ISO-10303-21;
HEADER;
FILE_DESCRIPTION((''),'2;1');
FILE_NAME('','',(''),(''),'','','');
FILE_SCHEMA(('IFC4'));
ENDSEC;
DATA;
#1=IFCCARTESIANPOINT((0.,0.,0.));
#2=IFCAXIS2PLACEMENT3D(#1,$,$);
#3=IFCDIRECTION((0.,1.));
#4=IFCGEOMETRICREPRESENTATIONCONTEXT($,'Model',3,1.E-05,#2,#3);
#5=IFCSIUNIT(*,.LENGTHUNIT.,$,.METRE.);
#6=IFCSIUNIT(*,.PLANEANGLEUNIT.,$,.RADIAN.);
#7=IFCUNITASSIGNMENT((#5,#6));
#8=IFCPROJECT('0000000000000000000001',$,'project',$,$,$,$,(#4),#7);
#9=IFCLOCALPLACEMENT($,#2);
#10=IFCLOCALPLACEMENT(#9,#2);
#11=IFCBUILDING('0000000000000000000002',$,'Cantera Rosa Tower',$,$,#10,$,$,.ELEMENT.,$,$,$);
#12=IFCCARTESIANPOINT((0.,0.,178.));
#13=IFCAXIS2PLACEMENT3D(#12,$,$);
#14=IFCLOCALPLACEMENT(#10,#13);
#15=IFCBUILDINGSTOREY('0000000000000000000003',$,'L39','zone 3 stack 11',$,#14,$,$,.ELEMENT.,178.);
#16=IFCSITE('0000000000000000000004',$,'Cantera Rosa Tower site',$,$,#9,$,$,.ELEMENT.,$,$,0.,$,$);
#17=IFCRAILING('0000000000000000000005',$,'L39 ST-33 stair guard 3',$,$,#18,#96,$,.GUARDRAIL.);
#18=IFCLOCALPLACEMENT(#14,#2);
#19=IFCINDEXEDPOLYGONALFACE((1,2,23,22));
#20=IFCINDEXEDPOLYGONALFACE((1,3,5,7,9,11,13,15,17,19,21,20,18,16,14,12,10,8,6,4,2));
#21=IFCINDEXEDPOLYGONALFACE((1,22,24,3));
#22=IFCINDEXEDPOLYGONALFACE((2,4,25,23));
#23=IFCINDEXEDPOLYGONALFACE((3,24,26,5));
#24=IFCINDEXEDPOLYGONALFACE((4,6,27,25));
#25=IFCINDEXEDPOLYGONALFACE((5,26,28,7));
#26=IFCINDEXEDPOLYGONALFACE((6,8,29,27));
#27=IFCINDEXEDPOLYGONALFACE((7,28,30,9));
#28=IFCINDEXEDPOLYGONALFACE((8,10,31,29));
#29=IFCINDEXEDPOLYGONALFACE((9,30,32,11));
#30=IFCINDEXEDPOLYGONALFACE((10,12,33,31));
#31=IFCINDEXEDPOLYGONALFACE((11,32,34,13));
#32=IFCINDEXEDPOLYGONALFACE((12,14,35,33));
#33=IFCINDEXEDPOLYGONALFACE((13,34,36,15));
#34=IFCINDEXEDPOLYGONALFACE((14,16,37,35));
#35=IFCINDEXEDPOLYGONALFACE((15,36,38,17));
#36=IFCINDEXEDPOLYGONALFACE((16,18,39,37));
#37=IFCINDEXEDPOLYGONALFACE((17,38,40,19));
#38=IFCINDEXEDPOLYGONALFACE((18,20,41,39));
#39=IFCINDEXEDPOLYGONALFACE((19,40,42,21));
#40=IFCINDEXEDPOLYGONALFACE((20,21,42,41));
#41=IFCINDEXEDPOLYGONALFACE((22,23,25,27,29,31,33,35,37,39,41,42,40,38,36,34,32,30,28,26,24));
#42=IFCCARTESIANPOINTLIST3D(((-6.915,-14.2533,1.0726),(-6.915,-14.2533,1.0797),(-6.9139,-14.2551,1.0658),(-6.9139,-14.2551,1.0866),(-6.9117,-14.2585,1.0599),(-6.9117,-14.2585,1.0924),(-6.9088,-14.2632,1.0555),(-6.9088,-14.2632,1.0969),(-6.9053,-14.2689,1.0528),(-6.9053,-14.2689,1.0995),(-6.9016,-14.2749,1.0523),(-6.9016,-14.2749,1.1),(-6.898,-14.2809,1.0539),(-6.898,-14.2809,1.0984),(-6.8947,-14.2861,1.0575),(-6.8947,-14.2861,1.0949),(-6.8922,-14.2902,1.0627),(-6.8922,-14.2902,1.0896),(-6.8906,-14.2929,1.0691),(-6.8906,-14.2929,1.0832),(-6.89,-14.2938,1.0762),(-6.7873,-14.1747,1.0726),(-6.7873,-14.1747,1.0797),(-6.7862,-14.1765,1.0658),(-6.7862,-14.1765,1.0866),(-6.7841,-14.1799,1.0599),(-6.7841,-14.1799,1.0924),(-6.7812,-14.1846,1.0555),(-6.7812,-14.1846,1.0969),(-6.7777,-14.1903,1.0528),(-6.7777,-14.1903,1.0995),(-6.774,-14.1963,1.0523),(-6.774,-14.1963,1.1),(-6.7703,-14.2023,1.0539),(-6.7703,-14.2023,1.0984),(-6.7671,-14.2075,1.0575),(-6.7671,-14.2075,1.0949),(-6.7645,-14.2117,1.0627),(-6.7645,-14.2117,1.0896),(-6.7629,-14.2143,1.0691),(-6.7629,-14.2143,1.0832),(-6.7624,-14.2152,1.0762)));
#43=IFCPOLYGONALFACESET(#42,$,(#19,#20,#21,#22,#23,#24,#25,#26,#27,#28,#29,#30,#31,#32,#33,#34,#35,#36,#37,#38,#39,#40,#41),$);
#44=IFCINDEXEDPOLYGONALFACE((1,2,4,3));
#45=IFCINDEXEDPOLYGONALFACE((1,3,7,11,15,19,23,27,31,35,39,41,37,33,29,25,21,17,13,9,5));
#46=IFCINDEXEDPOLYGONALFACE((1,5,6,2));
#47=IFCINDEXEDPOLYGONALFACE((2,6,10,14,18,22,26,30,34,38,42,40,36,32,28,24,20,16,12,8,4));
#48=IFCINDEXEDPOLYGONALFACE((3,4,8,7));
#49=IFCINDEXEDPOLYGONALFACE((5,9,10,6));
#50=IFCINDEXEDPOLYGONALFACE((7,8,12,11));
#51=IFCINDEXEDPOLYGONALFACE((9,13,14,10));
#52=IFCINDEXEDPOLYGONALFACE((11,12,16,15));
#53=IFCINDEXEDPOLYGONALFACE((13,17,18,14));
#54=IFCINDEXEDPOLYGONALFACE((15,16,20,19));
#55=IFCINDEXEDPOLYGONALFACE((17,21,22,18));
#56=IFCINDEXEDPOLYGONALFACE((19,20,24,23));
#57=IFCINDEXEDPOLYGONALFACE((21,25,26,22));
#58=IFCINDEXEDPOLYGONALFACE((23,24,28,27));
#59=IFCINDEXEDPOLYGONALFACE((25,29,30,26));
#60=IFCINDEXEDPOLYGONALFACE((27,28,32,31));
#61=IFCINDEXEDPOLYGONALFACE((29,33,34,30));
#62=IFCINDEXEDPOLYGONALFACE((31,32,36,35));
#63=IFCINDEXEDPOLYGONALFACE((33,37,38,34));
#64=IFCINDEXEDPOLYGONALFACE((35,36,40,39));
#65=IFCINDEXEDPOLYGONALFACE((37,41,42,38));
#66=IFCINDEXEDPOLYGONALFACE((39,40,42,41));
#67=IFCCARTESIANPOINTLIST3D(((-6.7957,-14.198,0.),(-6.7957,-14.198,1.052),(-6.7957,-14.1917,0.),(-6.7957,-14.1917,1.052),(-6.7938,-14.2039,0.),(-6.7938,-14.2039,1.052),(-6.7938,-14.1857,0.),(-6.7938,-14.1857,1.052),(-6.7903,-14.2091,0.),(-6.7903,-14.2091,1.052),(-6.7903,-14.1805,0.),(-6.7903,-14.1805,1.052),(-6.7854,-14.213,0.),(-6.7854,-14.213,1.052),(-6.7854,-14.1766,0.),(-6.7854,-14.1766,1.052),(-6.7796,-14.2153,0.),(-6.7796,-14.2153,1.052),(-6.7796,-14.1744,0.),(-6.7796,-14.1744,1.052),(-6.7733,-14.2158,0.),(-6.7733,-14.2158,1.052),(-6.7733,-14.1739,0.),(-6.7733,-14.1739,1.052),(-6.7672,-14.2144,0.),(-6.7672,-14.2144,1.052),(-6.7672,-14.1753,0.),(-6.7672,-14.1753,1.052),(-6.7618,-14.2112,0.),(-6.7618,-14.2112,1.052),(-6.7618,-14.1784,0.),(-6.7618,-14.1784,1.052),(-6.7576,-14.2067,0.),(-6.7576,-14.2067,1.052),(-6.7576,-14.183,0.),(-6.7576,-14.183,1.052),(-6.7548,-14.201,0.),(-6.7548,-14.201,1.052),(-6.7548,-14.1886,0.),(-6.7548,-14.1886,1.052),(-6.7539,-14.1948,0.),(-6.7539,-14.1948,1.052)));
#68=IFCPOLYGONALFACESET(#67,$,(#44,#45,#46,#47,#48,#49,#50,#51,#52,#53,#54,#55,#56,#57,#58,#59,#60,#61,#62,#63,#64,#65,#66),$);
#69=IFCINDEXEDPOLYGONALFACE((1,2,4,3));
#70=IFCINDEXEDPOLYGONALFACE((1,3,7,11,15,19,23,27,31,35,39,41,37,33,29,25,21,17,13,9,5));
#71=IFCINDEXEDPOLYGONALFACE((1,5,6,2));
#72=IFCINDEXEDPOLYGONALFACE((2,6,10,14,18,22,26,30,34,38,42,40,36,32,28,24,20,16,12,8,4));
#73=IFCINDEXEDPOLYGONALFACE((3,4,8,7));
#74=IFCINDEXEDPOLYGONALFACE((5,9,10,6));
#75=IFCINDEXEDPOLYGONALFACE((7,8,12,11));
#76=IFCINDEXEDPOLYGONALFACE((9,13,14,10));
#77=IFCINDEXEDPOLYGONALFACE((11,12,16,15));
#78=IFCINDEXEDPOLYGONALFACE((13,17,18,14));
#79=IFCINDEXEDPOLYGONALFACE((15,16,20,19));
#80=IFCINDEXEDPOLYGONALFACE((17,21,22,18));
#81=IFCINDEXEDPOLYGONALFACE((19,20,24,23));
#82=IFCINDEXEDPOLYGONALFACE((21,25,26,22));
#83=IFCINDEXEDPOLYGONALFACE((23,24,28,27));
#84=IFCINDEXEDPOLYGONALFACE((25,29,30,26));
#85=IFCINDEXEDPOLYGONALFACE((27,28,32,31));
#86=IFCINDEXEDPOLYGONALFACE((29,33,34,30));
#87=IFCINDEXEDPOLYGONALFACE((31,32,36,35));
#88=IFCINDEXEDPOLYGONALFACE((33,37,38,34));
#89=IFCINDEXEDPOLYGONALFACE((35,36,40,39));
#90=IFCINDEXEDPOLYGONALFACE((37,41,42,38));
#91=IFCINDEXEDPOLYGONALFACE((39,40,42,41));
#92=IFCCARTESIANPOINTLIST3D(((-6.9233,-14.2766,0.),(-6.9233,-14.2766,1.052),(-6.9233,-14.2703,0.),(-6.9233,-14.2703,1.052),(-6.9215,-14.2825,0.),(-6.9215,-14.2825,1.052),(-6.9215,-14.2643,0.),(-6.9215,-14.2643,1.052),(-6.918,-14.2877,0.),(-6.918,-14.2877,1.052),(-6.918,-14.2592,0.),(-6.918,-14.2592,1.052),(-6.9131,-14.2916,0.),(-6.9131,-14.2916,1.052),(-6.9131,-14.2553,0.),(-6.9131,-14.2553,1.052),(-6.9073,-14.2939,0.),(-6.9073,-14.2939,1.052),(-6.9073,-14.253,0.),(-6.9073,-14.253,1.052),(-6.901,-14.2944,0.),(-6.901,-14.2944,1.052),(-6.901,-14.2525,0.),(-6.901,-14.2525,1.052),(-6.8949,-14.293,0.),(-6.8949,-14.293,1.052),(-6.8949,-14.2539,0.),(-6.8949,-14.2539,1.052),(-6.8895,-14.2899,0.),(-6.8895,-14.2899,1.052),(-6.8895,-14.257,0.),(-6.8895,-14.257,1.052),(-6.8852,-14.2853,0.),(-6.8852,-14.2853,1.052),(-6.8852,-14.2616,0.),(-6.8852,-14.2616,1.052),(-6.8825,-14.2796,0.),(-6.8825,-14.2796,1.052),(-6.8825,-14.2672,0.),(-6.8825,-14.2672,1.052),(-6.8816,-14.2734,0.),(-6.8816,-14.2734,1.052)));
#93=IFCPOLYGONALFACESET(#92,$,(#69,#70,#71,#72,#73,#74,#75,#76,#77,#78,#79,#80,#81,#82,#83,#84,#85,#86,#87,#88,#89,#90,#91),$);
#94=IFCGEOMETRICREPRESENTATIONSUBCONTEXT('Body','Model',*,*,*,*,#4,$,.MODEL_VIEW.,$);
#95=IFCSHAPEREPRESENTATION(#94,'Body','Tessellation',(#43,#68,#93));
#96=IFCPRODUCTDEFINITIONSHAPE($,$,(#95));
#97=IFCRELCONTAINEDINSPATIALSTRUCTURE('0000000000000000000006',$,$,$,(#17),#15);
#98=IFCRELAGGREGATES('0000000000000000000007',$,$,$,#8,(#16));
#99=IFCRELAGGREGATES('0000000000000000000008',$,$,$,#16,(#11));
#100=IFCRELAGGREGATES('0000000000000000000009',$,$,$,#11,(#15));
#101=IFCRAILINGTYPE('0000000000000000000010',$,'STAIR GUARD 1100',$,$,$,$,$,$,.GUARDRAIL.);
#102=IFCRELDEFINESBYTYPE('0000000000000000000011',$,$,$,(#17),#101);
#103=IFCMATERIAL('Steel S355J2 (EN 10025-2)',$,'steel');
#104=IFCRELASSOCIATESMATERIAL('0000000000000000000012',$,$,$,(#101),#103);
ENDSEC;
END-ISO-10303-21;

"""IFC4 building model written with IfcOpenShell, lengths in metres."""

from ifc_helpers import new_model, si_unit, direction, frame, origin, origin_2d, place, context, subcontext, project, spatial, circle, extrude, material, type_object, element, save


model = new_model("IFC4")

# Units and contexts
model_context = context("Model", 3, precision=1e-05, world=origin(), true_north=direction((0.0, 1.0)))
body_context = subcontext(model_context, "Body", "Model", "MODEL_VIEW")
ifc_project = project(units=[si_unit("LENGTHUNIT", "METRE"), si_unit("PLANEANGLEUNIT", "RADIAN")], contexts=[model_context])

# Site, building, storey
site_placement = place(None, origin())
site = spatial("IfcSite", under=ifc_project, at=site_placement, Name="Cantera Rosa Tower site", CompositionType="ELEMENT", RefElevation=0.0)
building_placement = place(site_placement, origin())
building = spatial("IfcBuilding", under=site, at=building_placement, Name="Cantera Rosa Tower", CompositionType="ELEMENT")
storey_placement = place(building_placement, frame((0.0, 0.0, 178.0)))
storey = spatial("IfcBuildingStorey", under=building, at=storey_placement, Name="L39", Description="zone 3 stack 11", CompositionType="ELEMENT", Elevation=178.0)

# Railing
ifc_material_1 = material(Name="Steel S355J2 (EN 10025-2)", Category="steel")
railing_type_1 = type_object("IfcRailingType", Name="STAIR GUARD 1100", PredefinedType="GUARDRAIL", material=ifc_material_1)
railing_1_placement = place(storey_placement, frame((-6.7749, -14.1948, 0.0)))
element("IfcRailing", 1, at=railing_1_placement, inside=storey, type_object=railing_type_1, Name="L39 ST-33 stair guard 3", PredefinedType="GUARDRAIL", context=body_context, shape_type="SweptSolid", body=[
    extrude(circle(Radius=0.0239, at=origin_2d()), frame((0.0, 0.0, 1.0762), z_axis=(-0.851546, -0.524279, 0.0), x_axis=(0.524279, -0.851546, 0.0)), (0.0, 0.0, 1.0), 0.1499),
    extrude(circle(Radius=0.021, at=origin_2d()), origin(), (0.0, 0.0, 1.0), 1.052),
    extrude(circle(Radius=0.021, at=origin_2d()), frame((-0.1277, -0.0786, 0.0)), (0.0, 0.0, 1.0), 1.052),
])

save(model, "model.ifc")
